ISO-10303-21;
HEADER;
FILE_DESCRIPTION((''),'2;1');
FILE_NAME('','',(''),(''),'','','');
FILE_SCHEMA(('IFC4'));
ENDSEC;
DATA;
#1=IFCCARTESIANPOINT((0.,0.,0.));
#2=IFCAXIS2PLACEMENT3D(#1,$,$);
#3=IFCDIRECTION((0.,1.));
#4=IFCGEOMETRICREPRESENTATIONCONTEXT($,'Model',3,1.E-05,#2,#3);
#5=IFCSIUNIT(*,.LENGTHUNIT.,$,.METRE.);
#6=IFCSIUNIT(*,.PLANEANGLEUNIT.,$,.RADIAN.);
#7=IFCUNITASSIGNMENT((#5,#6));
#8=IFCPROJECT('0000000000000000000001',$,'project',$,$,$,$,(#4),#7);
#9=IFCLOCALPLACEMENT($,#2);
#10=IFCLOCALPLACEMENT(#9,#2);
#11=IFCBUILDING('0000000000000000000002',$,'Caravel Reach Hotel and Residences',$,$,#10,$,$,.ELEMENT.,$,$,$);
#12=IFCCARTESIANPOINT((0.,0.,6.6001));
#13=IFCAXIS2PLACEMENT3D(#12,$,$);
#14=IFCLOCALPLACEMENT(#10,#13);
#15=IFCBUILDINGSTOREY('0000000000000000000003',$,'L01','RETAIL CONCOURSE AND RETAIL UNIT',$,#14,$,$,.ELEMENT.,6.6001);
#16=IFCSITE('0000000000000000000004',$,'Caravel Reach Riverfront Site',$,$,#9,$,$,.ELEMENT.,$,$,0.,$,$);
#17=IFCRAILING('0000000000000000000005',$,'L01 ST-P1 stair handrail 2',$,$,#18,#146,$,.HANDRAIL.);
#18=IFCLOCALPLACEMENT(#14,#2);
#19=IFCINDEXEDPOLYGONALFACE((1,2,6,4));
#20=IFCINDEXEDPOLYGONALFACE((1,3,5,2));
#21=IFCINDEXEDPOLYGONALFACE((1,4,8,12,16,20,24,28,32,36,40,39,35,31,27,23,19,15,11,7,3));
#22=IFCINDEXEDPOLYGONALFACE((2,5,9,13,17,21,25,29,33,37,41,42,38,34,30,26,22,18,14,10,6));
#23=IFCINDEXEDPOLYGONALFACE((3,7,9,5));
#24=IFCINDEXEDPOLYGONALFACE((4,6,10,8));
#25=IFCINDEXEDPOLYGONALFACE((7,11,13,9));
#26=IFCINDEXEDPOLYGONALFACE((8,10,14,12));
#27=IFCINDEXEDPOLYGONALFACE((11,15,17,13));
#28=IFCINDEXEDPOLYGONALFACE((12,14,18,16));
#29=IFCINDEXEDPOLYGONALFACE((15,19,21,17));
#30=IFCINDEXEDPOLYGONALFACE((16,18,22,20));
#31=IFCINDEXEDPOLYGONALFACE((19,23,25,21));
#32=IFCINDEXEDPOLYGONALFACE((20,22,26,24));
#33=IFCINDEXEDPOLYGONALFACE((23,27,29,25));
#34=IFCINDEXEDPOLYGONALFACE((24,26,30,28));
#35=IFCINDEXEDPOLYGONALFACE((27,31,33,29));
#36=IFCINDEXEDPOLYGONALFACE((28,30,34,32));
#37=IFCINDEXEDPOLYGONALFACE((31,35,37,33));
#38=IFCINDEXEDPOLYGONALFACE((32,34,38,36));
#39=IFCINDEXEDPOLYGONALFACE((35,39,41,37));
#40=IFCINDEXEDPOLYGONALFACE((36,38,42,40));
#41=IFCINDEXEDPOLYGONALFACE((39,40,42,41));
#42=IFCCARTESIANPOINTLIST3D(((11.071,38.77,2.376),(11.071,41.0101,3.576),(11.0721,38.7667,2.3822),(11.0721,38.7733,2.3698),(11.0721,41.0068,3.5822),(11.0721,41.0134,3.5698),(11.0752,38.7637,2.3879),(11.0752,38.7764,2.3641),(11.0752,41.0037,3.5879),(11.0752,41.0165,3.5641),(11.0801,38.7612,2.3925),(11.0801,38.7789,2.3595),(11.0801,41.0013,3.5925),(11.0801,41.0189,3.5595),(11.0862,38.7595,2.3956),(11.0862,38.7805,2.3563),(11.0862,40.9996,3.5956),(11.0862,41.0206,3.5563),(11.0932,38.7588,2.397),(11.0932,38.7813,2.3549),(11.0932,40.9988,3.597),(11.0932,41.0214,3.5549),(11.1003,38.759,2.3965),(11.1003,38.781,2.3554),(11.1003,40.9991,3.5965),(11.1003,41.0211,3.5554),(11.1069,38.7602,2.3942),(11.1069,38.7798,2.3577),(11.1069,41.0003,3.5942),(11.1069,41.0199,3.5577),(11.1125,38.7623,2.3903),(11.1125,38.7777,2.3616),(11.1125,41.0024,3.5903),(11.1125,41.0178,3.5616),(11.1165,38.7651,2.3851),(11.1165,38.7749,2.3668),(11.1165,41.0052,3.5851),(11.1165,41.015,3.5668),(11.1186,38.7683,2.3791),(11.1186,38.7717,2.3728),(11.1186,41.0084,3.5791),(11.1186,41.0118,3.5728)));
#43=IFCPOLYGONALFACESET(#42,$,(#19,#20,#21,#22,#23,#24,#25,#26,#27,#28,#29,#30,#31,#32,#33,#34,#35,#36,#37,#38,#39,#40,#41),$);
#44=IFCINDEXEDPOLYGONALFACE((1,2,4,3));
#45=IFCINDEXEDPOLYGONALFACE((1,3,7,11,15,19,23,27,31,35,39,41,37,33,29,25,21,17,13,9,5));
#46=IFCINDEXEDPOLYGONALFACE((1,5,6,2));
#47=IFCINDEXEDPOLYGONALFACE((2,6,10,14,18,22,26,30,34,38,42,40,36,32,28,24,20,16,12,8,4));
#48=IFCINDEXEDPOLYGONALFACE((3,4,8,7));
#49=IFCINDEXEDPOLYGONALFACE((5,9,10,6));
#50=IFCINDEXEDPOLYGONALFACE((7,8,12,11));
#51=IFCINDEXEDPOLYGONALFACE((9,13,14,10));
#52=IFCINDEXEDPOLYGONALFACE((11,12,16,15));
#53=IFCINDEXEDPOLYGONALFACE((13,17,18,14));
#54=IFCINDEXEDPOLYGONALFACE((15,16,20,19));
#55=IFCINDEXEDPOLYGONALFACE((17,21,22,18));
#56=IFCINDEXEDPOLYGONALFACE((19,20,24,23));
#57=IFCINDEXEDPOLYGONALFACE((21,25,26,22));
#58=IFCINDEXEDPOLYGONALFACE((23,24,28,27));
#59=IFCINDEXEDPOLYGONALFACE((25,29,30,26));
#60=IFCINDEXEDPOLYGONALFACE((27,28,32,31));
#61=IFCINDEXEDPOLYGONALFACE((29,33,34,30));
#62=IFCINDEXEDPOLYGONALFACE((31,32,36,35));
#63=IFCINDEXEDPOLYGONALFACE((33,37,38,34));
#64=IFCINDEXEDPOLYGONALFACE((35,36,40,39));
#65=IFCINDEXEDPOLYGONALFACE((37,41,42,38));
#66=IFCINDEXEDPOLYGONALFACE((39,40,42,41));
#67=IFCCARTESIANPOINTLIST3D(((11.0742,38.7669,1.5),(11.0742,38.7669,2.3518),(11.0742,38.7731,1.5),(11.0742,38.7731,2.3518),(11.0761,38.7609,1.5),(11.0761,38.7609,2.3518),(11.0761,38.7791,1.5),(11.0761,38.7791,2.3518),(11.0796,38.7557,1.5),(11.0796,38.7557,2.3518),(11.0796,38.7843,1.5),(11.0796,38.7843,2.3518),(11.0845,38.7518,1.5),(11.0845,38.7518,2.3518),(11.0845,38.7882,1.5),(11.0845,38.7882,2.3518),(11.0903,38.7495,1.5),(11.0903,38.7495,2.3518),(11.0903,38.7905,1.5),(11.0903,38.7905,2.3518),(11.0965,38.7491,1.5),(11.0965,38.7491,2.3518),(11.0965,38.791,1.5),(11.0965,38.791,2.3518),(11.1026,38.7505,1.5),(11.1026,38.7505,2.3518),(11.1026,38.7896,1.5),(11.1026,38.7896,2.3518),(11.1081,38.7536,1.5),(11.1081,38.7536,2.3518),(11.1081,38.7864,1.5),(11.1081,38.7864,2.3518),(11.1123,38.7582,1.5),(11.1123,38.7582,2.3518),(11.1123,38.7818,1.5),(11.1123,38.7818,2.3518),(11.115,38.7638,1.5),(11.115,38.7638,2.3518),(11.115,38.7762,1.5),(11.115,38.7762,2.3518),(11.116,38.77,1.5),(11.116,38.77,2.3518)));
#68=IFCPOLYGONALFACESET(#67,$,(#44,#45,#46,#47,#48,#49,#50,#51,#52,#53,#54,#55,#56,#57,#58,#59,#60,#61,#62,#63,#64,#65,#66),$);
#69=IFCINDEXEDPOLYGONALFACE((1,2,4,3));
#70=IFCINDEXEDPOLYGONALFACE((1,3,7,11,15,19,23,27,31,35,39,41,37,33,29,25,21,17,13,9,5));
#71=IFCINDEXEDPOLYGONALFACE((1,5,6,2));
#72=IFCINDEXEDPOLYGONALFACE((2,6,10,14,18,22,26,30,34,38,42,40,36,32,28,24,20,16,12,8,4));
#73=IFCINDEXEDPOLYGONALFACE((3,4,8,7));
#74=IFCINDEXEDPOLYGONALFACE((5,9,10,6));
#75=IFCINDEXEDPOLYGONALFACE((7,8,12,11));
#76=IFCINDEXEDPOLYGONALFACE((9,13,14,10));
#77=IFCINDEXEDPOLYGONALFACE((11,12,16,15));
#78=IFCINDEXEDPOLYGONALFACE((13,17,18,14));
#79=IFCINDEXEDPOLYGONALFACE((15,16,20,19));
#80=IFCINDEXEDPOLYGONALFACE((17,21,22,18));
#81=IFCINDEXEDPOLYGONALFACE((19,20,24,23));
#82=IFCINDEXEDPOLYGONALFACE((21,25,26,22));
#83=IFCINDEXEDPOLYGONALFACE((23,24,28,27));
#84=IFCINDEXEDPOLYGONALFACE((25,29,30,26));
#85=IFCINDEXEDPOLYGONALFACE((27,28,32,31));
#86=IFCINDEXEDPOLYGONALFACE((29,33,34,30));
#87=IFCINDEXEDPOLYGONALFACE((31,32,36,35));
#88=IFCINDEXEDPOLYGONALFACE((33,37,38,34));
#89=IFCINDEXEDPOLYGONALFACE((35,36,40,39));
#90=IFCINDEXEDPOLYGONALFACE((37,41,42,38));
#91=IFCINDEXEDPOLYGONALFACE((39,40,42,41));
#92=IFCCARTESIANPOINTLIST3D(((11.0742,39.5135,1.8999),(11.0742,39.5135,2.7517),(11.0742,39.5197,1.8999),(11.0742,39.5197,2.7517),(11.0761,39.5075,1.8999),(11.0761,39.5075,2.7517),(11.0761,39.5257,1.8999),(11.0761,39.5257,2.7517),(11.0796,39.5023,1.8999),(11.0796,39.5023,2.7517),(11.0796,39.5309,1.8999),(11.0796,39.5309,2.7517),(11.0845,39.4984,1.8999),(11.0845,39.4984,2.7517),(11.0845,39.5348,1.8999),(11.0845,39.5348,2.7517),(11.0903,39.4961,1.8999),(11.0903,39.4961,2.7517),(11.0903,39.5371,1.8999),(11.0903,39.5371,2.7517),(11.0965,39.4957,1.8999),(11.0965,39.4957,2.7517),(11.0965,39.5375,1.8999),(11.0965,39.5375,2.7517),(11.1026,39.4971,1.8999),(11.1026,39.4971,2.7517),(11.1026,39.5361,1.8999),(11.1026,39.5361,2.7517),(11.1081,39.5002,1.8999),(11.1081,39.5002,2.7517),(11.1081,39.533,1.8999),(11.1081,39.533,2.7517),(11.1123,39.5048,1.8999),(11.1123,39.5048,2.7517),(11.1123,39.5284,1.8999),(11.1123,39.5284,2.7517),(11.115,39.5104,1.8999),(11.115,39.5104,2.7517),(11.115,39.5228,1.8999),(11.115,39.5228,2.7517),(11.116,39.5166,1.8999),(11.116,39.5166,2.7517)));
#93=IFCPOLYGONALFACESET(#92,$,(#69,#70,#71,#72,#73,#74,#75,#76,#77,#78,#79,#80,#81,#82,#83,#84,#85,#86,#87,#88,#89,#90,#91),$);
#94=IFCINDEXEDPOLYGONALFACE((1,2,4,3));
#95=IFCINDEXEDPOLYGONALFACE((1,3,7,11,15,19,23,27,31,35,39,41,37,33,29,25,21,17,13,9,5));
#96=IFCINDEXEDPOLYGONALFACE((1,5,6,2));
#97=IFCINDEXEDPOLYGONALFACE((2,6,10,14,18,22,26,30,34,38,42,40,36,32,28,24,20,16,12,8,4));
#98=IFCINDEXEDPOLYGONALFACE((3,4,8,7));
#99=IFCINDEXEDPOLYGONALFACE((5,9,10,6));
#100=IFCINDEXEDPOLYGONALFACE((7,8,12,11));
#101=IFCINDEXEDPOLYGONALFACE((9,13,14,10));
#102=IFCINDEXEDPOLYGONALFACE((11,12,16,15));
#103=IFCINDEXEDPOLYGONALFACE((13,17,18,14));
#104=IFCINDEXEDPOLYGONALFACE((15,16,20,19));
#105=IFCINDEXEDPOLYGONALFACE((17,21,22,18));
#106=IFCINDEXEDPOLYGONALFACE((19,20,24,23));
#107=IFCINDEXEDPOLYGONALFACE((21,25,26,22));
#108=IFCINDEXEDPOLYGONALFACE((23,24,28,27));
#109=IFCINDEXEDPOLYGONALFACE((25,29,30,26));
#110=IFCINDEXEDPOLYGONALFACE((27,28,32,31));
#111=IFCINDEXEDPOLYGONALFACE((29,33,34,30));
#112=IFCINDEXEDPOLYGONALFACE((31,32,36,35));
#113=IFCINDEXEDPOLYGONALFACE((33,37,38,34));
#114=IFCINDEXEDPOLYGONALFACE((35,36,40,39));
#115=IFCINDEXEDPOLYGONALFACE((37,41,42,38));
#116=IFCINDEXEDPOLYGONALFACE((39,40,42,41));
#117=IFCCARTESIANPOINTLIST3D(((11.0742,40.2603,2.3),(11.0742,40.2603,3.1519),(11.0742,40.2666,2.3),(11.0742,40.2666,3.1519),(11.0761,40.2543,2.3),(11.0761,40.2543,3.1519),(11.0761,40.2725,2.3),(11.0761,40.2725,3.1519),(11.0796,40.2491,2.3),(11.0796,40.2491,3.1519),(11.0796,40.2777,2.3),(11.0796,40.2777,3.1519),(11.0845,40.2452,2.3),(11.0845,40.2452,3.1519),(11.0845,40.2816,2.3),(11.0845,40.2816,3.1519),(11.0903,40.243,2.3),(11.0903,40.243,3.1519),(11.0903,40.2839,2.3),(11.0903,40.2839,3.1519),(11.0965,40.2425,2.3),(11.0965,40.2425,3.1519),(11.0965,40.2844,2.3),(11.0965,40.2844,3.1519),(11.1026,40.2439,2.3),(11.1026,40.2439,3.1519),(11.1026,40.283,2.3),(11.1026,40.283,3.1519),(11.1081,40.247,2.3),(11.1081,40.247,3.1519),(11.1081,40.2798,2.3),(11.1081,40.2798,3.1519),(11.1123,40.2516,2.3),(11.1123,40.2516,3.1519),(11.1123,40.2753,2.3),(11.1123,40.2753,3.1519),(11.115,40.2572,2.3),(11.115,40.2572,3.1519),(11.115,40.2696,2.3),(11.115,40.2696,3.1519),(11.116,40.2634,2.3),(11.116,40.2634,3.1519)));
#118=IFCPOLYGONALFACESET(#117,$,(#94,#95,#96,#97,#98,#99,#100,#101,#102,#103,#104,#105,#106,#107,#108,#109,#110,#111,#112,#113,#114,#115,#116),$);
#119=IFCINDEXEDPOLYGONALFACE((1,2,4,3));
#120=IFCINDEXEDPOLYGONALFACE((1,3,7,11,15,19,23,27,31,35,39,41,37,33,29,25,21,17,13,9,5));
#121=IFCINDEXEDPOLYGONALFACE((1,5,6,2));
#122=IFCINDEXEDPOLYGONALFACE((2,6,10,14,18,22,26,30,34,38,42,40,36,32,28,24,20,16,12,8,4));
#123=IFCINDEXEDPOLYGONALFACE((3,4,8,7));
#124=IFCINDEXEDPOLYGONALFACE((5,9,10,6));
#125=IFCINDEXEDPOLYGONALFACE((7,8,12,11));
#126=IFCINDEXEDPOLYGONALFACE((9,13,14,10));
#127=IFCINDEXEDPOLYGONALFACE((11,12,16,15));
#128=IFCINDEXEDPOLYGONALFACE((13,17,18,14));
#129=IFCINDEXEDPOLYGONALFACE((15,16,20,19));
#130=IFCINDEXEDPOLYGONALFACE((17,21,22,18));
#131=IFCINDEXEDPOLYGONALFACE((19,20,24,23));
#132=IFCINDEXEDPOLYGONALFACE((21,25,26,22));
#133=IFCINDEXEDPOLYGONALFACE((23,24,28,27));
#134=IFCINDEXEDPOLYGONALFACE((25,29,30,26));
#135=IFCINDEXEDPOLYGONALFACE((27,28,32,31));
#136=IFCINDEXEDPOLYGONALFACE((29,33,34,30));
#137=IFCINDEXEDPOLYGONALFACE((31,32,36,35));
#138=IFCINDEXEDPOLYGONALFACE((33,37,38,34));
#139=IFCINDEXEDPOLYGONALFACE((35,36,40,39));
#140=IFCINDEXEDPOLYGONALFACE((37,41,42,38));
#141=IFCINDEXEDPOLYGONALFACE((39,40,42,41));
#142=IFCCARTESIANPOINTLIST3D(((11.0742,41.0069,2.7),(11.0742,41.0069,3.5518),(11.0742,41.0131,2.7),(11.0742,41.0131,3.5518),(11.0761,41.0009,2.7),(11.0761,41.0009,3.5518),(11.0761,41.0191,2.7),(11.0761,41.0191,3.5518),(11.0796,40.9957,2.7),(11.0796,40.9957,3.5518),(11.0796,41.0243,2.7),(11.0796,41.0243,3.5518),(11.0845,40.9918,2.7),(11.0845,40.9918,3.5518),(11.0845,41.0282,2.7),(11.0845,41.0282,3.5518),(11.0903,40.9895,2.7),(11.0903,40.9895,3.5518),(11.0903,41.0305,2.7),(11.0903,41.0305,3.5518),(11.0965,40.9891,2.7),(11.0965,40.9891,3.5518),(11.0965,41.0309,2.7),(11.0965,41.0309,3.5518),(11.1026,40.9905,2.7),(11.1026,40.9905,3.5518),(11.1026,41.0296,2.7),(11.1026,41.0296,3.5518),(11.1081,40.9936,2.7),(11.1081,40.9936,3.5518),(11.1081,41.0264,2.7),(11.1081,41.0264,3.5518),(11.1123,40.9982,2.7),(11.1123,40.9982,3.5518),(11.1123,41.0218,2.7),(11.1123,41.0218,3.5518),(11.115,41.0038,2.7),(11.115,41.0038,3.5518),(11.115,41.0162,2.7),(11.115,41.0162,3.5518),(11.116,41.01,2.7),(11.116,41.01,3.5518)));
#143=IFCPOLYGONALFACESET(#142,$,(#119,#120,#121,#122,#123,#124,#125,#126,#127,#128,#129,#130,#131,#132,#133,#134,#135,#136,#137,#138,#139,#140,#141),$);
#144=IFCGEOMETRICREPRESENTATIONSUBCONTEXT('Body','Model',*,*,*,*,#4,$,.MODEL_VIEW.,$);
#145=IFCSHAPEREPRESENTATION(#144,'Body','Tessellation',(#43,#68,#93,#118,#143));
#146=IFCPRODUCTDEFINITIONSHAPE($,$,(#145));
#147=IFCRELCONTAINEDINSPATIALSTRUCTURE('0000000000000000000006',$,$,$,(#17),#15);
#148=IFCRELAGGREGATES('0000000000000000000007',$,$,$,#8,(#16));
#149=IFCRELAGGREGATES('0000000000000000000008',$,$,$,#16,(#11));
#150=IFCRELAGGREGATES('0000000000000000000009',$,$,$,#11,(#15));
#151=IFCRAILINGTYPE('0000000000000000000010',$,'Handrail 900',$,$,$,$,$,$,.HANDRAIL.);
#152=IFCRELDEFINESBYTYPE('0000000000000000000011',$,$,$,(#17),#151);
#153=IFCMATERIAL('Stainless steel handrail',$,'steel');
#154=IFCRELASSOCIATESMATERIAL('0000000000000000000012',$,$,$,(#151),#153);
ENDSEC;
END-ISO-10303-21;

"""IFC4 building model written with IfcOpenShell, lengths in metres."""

from ifc_helpers import new_model, si_unit, direction, frame, origin, origin_2d, place, context, subcontext, project, spatial, circle, extrude, material, type_object, element, save


model = new_model("IFC4")

# Units and contexts
model_context = context("Model", 3, precision=1e-05, world=origin(), true_north=direction((0.0, 1.0)))
body_context = subcontext(model_context, "Body", "Model", "MODEL_VIEW")
ifc_project = project(units=[si_unit("LENGTHUNIT", "METRE"), si_unit("PLANEANGLEUNIT", "RADIAN")], contexts=[model_context])

# Site, building, storey
site_placement = place(None, origin())
site = spatial("IfcSite", under=ifc_project, at=site_placement, Name="Caravel Reach Riverfront Site", CompositionType="ELEMENT", RefElevation=0.0)
building_placement = place(site_placement, origin())
building = spatial("IfcBuilding", under=site, at=building_placement, Name="Caravel Reach Hotel and Residences", CompositionType="ELEMENT")
storey_placement = place(building_placement, frame((0.0, 0.0, 6.6001)))
storey = spatial("IfcBuildingStorey", under=building, at=storey_placement, Name="L01", Description="RETAIL CONCOURSE AND RETAIL UNIT", CompositionType="ELEMENT", Elevation=6.6001)

# Railing
ifc_material_1 = material(Name="Stainless steel handrail", Category="steel")
railing_type_1 = type_object("IfcRailingType", Name="Handrail 900", PredefinedType="HANDRAIL", material=ifc_material_1)
railing_1_placement = place(storey_placement, frame((11.095, 38.77, 1.5)))
element("IfcRailing", 1, at=railing_1_placement, inside=storey, type_object=railing_type_1, Name="L01 ST-P1 stair handrail 2", PredefinedType="HANDRAIL", context=body_context, shape_type="SweptSolid", body=[
    extrude(circle(Radius=0.0239, at=origin_2d()), frame((0.0, 0.0, 0.876), z_axis=(0.0, 0.881487, 0.472208), x_axis=(-1.0, 0.0, 0.0)), (0.0, 0.0, 1.0), 2.5413),
    extrude(circle(Radius=0.021, at=origin_2d()), origin(), (0.0, 0.0, 1.0), 0.8518),
    extrude(circle(Radius=0.021, at=origin_2d()), frame((0.0, 0.7466, 0.3999)), (0.0, 0.0, 1.0), 0.8518),
    extrude(circle(Radius=0.021, at=origin_2d()), frame((0.0, 1.4934, 0.8)), (0.0, 0.0, 1.0), 0.8518),
    extrude(circle(Radius=0.021, at=origin_2d()), frame((0.0, 2.24, 1.2)), (0.0, 0.0, 1.0), 0.8518),
])

save(model, "model.ifc")
